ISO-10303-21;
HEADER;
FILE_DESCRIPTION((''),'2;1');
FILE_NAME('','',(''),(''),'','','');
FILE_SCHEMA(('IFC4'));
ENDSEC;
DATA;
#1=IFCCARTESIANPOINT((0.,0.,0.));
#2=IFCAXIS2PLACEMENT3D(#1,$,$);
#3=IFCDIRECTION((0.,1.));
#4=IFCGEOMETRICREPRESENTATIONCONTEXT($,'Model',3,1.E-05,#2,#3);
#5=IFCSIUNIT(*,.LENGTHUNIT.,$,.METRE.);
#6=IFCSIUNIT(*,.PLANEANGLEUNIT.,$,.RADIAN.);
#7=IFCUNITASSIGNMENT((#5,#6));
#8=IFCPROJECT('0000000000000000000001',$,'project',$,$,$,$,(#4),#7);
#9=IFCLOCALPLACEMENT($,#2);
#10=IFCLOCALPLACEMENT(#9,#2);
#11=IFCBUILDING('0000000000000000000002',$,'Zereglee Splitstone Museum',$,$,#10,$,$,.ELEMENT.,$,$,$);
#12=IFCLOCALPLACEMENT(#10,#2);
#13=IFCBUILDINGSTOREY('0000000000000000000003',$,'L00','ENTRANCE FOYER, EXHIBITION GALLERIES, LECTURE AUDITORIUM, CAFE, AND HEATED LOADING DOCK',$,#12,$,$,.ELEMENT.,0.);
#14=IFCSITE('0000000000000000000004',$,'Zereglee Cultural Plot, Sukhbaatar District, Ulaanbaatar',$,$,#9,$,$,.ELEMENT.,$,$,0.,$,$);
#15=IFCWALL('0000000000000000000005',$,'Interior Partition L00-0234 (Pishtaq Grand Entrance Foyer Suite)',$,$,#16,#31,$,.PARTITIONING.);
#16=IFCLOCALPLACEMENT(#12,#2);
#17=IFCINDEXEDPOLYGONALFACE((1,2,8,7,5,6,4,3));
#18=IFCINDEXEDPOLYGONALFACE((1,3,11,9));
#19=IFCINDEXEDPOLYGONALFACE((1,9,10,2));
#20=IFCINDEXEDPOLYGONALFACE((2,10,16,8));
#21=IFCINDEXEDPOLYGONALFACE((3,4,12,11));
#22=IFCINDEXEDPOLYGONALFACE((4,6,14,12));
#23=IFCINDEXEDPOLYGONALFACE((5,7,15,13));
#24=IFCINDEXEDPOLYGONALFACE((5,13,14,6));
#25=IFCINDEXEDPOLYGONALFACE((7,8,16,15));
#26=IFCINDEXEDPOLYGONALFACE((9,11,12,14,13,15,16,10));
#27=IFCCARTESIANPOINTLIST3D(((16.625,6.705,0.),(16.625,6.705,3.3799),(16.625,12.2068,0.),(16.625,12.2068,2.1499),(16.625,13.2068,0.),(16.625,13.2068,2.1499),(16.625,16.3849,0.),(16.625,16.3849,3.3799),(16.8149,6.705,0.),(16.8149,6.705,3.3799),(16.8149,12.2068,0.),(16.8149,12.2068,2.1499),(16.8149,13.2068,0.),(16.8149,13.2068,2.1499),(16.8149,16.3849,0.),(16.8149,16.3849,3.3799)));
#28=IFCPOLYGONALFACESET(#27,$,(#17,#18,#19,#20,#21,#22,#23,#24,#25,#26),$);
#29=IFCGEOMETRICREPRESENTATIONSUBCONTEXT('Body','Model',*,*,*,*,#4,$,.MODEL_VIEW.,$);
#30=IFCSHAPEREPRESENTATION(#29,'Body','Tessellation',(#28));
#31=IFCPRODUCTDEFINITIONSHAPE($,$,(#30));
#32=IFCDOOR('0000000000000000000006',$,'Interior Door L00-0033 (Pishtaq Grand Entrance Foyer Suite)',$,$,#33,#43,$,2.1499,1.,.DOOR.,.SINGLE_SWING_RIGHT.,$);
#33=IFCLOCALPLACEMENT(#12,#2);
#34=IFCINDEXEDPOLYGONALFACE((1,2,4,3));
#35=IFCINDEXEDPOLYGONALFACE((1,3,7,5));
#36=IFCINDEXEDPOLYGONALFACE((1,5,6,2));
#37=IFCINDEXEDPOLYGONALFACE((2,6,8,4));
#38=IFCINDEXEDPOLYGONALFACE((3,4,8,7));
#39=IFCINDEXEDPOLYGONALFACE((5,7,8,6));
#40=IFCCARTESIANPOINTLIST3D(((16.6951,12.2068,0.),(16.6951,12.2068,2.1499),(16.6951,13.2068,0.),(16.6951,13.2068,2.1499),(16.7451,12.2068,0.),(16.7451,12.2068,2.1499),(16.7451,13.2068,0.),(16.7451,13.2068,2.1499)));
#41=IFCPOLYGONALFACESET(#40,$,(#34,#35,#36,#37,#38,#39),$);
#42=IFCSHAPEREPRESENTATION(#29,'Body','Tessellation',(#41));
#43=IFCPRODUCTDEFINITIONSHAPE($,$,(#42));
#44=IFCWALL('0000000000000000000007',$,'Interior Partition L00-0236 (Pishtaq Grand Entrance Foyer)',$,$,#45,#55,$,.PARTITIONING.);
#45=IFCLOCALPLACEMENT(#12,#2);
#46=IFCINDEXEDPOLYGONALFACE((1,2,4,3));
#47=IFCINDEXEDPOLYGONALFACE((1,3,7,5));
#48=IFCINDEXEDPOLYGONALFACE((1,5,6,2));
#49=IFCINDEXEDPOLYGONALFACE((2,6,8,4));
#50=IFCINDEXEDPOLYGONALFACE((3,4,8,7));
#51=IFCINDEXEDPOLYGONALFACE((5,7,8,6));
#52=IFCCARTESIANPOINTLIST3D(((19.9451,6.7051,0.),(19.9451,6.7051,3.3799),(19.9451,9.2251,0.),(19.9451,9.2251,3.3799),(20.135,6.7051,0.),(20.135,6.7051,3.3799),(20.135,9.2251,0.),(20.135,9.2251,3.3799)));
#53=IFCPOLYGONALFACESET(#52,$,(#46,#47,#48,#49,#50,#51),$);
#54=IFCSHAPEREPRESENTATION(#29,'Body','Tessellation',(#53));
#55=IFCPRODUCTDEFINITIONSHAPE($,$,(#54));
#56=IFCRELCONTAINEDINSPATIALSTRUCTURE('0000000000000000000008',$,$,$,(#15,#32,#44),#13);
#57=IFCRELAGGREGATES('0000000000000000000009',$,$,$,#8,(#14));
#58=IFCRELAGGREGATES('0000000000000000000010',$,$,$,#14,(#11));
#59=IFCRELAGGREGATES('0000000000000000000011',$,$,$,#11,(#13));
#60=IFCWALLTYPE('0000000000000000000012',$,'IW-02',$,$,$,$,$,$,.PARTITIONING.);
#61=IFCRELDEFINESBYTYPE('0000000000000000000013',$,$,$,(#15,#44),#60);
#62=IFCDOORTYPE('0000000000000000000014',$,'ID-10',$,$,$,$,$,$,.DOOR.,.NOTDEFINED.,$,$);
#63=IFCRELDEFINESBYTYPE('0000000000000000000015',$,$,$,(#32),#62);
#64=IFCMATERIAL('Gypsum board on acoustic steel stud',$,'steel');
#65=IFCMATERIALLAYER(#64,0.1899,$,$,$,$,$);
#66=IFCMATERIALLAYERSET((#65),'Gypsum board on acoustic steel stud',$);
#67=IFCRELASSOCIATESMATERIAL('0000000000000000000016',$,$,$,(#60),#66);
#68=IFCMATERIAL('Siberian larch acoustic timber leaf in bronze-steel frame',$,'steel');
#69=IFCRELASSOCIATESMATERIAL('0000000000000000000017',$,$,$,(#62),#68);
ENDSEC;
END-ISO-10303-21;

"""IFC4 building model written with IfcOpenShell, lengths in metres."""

from ifc_helpers import new_model, si_unit, direction, frame, frame_2d, origin, place, context, subcontext, project, spatial, rectangle, extrude, material, layer, layer_set, type_object, element, fill, save


model = new_model("IFC4")

# Units and contexts
model_context = context("Model", 3, precision=1e-05, world=origin(), true_north=direction((0.0, 1.0)))
body_context = subcontext(model_context, "Body", "Model", "MODEL_VIEW")
ifc_project = project(units=[si_unit("LENGTHUNIT", "METRE"), si_unit("PLANEANGLEUNIT", "RADIAN")], contexts=[model_context])

# Site, building, storey
site_placement = place(None, origin())
site = spatial("IfcSite", under=ifc_project, at=site_placement, Name="Zereglee Cultural Plot, Sukhbaatar District, Ulaanbaatar", CompositionType="ELEMENT", RefElevation=0.0)
building_placement = place(site_placement, origin())
building = spatial("IfcBuilding", under=site, at=building_placement, Name="Zereglee Splitstone Museum", CompositionType="ELEMENT")
storey_placement = place(building_placement, origin())
storey = spatial("IfcBuildingStorey", under=building, at=storey_placement, Name="L00", Description="ENTRANCE FOYER, EXHIBITION GALLERIES, LECTURE AUDITORIUM, CAFE, AND HEATED LOADING DOCK", CompositionType="ELEMENT", Elevation=0.0)

# Wall, opening, door
ifc_material_1 = material(Name="Gypsum board on acoustic steel stud", Category="steel")
ifc_layer_1 = layer(ifc_material_1, 0.1899)
ifc_layer_set_1 = layer_set([ifc_layer_1], Name="Gypsum board on acoustic steel stud")
wall_type_1 = type_object("IfcWallType", Name="IW-02", PredefinedType="PARTITIONING", material=ifc_layer_set_1)
wall_1_placement = place(storey_placement, frame((16.72, 6.7051, 0.0), z_axis=(0.0, 0.0, 1.0), x_axis=(0.0, 1.0, 0.0)))
wall_1 = element("IfcWall", 1, at=wall_1_placement, inside=storey, type_object=wall_type_1, Name="Interior Partition L00-0234 (Pishtaq Grand Entrance Foyer Suite)", PredefinedType="PARTITIONING", context=body_context, shape_type="SweptSolid", body=[
    extrude(rectangle(XDim=9.6799, YDim=0.1899, at=frame_2d((4.8398, 0.0))), origin(), (0.0, 0.0, 1.0), 3.3799),
])
opening_1_placement = place(wall_1_placement, frame((5.5017, 0.0, 0.0)))
opening_1 = element("IfcOpeningElement", 2, at=opening_1_placement, cuts=wall_1, PredefinedType="OPENING", context=body_context, shape_type="SweptSolid", body=[
    extrude(rectangle(XDim=1.0, YDim=2.1499, at=frame_2d((0.5, 1.075))), frame((0.0, 0.1099, 0.0), z_axis=(0.0, -1.0, 0.0), x_axis=(1.0, 0.0, 0.0)), (0.0, 0.0, 1.0), 0.2197),
])
ifc_material_2 = material(Name="Siberian larch acoustic timber leaf in bronze-steel frame", Category="steel")
door_type_1 = type_object("IfcDoorType", Name="ID-10", OperationType="NOTDEFINED", PredefinedType="DOOR", material=ifc_material_2)
door_1_placement = place(opening_1_placement, origin())
door_1 = element("IfcDoor", 3, at=door_1_placement, inside=storey, type_object=door_type_1, Name="Interior Door L00-0033 (Pishtaq Grand Entrance Foyer Suite)", OperationType="SINGLE_SWING_RIGHT", OverallHeight=2.1499, OverallWidth=1.0, PredefinedType="DOOR", context=body_context, shape_type="SweptSolid", body=[
    extrude(rectangle(XDim=1.0, YDim=2.1499, at=frame_2d((0.5, 1.075))), frame((0.0, 0.0249, 0.0), z_axis=(0.0, -1.0, 0.0), x_axis=(1.0, 0.0, 0.0)), (0.0, 0.0, 1.0), 0.05),
])
fill(opening_1, door_1)

# Wall
wall_2_placement = place(storey_placement, frame((20.04, 6.7051, 0.0), z_axis=(0.0, 0.0, 1.0), x_axis=(0.0, 1.0, 0.0)))
element("IfcWall", 4, at=wall_2_placement, inside=storey, type_object=wall_type_1, Name="Interior Partition L00-0236 (Pishtaq Grand Entrance Foyer)", PredefinedType="PARTITIONING", context=body_context, shape_type="SweptSolid", body=[
    extrude(rectangle(XDim=2.52, YDim=0.1899, at=frame_2d((1.26, 0.0))), origin(), (0.0, 0.0, 1.0), 3.3799),
])

save(model, "model.ifc")
